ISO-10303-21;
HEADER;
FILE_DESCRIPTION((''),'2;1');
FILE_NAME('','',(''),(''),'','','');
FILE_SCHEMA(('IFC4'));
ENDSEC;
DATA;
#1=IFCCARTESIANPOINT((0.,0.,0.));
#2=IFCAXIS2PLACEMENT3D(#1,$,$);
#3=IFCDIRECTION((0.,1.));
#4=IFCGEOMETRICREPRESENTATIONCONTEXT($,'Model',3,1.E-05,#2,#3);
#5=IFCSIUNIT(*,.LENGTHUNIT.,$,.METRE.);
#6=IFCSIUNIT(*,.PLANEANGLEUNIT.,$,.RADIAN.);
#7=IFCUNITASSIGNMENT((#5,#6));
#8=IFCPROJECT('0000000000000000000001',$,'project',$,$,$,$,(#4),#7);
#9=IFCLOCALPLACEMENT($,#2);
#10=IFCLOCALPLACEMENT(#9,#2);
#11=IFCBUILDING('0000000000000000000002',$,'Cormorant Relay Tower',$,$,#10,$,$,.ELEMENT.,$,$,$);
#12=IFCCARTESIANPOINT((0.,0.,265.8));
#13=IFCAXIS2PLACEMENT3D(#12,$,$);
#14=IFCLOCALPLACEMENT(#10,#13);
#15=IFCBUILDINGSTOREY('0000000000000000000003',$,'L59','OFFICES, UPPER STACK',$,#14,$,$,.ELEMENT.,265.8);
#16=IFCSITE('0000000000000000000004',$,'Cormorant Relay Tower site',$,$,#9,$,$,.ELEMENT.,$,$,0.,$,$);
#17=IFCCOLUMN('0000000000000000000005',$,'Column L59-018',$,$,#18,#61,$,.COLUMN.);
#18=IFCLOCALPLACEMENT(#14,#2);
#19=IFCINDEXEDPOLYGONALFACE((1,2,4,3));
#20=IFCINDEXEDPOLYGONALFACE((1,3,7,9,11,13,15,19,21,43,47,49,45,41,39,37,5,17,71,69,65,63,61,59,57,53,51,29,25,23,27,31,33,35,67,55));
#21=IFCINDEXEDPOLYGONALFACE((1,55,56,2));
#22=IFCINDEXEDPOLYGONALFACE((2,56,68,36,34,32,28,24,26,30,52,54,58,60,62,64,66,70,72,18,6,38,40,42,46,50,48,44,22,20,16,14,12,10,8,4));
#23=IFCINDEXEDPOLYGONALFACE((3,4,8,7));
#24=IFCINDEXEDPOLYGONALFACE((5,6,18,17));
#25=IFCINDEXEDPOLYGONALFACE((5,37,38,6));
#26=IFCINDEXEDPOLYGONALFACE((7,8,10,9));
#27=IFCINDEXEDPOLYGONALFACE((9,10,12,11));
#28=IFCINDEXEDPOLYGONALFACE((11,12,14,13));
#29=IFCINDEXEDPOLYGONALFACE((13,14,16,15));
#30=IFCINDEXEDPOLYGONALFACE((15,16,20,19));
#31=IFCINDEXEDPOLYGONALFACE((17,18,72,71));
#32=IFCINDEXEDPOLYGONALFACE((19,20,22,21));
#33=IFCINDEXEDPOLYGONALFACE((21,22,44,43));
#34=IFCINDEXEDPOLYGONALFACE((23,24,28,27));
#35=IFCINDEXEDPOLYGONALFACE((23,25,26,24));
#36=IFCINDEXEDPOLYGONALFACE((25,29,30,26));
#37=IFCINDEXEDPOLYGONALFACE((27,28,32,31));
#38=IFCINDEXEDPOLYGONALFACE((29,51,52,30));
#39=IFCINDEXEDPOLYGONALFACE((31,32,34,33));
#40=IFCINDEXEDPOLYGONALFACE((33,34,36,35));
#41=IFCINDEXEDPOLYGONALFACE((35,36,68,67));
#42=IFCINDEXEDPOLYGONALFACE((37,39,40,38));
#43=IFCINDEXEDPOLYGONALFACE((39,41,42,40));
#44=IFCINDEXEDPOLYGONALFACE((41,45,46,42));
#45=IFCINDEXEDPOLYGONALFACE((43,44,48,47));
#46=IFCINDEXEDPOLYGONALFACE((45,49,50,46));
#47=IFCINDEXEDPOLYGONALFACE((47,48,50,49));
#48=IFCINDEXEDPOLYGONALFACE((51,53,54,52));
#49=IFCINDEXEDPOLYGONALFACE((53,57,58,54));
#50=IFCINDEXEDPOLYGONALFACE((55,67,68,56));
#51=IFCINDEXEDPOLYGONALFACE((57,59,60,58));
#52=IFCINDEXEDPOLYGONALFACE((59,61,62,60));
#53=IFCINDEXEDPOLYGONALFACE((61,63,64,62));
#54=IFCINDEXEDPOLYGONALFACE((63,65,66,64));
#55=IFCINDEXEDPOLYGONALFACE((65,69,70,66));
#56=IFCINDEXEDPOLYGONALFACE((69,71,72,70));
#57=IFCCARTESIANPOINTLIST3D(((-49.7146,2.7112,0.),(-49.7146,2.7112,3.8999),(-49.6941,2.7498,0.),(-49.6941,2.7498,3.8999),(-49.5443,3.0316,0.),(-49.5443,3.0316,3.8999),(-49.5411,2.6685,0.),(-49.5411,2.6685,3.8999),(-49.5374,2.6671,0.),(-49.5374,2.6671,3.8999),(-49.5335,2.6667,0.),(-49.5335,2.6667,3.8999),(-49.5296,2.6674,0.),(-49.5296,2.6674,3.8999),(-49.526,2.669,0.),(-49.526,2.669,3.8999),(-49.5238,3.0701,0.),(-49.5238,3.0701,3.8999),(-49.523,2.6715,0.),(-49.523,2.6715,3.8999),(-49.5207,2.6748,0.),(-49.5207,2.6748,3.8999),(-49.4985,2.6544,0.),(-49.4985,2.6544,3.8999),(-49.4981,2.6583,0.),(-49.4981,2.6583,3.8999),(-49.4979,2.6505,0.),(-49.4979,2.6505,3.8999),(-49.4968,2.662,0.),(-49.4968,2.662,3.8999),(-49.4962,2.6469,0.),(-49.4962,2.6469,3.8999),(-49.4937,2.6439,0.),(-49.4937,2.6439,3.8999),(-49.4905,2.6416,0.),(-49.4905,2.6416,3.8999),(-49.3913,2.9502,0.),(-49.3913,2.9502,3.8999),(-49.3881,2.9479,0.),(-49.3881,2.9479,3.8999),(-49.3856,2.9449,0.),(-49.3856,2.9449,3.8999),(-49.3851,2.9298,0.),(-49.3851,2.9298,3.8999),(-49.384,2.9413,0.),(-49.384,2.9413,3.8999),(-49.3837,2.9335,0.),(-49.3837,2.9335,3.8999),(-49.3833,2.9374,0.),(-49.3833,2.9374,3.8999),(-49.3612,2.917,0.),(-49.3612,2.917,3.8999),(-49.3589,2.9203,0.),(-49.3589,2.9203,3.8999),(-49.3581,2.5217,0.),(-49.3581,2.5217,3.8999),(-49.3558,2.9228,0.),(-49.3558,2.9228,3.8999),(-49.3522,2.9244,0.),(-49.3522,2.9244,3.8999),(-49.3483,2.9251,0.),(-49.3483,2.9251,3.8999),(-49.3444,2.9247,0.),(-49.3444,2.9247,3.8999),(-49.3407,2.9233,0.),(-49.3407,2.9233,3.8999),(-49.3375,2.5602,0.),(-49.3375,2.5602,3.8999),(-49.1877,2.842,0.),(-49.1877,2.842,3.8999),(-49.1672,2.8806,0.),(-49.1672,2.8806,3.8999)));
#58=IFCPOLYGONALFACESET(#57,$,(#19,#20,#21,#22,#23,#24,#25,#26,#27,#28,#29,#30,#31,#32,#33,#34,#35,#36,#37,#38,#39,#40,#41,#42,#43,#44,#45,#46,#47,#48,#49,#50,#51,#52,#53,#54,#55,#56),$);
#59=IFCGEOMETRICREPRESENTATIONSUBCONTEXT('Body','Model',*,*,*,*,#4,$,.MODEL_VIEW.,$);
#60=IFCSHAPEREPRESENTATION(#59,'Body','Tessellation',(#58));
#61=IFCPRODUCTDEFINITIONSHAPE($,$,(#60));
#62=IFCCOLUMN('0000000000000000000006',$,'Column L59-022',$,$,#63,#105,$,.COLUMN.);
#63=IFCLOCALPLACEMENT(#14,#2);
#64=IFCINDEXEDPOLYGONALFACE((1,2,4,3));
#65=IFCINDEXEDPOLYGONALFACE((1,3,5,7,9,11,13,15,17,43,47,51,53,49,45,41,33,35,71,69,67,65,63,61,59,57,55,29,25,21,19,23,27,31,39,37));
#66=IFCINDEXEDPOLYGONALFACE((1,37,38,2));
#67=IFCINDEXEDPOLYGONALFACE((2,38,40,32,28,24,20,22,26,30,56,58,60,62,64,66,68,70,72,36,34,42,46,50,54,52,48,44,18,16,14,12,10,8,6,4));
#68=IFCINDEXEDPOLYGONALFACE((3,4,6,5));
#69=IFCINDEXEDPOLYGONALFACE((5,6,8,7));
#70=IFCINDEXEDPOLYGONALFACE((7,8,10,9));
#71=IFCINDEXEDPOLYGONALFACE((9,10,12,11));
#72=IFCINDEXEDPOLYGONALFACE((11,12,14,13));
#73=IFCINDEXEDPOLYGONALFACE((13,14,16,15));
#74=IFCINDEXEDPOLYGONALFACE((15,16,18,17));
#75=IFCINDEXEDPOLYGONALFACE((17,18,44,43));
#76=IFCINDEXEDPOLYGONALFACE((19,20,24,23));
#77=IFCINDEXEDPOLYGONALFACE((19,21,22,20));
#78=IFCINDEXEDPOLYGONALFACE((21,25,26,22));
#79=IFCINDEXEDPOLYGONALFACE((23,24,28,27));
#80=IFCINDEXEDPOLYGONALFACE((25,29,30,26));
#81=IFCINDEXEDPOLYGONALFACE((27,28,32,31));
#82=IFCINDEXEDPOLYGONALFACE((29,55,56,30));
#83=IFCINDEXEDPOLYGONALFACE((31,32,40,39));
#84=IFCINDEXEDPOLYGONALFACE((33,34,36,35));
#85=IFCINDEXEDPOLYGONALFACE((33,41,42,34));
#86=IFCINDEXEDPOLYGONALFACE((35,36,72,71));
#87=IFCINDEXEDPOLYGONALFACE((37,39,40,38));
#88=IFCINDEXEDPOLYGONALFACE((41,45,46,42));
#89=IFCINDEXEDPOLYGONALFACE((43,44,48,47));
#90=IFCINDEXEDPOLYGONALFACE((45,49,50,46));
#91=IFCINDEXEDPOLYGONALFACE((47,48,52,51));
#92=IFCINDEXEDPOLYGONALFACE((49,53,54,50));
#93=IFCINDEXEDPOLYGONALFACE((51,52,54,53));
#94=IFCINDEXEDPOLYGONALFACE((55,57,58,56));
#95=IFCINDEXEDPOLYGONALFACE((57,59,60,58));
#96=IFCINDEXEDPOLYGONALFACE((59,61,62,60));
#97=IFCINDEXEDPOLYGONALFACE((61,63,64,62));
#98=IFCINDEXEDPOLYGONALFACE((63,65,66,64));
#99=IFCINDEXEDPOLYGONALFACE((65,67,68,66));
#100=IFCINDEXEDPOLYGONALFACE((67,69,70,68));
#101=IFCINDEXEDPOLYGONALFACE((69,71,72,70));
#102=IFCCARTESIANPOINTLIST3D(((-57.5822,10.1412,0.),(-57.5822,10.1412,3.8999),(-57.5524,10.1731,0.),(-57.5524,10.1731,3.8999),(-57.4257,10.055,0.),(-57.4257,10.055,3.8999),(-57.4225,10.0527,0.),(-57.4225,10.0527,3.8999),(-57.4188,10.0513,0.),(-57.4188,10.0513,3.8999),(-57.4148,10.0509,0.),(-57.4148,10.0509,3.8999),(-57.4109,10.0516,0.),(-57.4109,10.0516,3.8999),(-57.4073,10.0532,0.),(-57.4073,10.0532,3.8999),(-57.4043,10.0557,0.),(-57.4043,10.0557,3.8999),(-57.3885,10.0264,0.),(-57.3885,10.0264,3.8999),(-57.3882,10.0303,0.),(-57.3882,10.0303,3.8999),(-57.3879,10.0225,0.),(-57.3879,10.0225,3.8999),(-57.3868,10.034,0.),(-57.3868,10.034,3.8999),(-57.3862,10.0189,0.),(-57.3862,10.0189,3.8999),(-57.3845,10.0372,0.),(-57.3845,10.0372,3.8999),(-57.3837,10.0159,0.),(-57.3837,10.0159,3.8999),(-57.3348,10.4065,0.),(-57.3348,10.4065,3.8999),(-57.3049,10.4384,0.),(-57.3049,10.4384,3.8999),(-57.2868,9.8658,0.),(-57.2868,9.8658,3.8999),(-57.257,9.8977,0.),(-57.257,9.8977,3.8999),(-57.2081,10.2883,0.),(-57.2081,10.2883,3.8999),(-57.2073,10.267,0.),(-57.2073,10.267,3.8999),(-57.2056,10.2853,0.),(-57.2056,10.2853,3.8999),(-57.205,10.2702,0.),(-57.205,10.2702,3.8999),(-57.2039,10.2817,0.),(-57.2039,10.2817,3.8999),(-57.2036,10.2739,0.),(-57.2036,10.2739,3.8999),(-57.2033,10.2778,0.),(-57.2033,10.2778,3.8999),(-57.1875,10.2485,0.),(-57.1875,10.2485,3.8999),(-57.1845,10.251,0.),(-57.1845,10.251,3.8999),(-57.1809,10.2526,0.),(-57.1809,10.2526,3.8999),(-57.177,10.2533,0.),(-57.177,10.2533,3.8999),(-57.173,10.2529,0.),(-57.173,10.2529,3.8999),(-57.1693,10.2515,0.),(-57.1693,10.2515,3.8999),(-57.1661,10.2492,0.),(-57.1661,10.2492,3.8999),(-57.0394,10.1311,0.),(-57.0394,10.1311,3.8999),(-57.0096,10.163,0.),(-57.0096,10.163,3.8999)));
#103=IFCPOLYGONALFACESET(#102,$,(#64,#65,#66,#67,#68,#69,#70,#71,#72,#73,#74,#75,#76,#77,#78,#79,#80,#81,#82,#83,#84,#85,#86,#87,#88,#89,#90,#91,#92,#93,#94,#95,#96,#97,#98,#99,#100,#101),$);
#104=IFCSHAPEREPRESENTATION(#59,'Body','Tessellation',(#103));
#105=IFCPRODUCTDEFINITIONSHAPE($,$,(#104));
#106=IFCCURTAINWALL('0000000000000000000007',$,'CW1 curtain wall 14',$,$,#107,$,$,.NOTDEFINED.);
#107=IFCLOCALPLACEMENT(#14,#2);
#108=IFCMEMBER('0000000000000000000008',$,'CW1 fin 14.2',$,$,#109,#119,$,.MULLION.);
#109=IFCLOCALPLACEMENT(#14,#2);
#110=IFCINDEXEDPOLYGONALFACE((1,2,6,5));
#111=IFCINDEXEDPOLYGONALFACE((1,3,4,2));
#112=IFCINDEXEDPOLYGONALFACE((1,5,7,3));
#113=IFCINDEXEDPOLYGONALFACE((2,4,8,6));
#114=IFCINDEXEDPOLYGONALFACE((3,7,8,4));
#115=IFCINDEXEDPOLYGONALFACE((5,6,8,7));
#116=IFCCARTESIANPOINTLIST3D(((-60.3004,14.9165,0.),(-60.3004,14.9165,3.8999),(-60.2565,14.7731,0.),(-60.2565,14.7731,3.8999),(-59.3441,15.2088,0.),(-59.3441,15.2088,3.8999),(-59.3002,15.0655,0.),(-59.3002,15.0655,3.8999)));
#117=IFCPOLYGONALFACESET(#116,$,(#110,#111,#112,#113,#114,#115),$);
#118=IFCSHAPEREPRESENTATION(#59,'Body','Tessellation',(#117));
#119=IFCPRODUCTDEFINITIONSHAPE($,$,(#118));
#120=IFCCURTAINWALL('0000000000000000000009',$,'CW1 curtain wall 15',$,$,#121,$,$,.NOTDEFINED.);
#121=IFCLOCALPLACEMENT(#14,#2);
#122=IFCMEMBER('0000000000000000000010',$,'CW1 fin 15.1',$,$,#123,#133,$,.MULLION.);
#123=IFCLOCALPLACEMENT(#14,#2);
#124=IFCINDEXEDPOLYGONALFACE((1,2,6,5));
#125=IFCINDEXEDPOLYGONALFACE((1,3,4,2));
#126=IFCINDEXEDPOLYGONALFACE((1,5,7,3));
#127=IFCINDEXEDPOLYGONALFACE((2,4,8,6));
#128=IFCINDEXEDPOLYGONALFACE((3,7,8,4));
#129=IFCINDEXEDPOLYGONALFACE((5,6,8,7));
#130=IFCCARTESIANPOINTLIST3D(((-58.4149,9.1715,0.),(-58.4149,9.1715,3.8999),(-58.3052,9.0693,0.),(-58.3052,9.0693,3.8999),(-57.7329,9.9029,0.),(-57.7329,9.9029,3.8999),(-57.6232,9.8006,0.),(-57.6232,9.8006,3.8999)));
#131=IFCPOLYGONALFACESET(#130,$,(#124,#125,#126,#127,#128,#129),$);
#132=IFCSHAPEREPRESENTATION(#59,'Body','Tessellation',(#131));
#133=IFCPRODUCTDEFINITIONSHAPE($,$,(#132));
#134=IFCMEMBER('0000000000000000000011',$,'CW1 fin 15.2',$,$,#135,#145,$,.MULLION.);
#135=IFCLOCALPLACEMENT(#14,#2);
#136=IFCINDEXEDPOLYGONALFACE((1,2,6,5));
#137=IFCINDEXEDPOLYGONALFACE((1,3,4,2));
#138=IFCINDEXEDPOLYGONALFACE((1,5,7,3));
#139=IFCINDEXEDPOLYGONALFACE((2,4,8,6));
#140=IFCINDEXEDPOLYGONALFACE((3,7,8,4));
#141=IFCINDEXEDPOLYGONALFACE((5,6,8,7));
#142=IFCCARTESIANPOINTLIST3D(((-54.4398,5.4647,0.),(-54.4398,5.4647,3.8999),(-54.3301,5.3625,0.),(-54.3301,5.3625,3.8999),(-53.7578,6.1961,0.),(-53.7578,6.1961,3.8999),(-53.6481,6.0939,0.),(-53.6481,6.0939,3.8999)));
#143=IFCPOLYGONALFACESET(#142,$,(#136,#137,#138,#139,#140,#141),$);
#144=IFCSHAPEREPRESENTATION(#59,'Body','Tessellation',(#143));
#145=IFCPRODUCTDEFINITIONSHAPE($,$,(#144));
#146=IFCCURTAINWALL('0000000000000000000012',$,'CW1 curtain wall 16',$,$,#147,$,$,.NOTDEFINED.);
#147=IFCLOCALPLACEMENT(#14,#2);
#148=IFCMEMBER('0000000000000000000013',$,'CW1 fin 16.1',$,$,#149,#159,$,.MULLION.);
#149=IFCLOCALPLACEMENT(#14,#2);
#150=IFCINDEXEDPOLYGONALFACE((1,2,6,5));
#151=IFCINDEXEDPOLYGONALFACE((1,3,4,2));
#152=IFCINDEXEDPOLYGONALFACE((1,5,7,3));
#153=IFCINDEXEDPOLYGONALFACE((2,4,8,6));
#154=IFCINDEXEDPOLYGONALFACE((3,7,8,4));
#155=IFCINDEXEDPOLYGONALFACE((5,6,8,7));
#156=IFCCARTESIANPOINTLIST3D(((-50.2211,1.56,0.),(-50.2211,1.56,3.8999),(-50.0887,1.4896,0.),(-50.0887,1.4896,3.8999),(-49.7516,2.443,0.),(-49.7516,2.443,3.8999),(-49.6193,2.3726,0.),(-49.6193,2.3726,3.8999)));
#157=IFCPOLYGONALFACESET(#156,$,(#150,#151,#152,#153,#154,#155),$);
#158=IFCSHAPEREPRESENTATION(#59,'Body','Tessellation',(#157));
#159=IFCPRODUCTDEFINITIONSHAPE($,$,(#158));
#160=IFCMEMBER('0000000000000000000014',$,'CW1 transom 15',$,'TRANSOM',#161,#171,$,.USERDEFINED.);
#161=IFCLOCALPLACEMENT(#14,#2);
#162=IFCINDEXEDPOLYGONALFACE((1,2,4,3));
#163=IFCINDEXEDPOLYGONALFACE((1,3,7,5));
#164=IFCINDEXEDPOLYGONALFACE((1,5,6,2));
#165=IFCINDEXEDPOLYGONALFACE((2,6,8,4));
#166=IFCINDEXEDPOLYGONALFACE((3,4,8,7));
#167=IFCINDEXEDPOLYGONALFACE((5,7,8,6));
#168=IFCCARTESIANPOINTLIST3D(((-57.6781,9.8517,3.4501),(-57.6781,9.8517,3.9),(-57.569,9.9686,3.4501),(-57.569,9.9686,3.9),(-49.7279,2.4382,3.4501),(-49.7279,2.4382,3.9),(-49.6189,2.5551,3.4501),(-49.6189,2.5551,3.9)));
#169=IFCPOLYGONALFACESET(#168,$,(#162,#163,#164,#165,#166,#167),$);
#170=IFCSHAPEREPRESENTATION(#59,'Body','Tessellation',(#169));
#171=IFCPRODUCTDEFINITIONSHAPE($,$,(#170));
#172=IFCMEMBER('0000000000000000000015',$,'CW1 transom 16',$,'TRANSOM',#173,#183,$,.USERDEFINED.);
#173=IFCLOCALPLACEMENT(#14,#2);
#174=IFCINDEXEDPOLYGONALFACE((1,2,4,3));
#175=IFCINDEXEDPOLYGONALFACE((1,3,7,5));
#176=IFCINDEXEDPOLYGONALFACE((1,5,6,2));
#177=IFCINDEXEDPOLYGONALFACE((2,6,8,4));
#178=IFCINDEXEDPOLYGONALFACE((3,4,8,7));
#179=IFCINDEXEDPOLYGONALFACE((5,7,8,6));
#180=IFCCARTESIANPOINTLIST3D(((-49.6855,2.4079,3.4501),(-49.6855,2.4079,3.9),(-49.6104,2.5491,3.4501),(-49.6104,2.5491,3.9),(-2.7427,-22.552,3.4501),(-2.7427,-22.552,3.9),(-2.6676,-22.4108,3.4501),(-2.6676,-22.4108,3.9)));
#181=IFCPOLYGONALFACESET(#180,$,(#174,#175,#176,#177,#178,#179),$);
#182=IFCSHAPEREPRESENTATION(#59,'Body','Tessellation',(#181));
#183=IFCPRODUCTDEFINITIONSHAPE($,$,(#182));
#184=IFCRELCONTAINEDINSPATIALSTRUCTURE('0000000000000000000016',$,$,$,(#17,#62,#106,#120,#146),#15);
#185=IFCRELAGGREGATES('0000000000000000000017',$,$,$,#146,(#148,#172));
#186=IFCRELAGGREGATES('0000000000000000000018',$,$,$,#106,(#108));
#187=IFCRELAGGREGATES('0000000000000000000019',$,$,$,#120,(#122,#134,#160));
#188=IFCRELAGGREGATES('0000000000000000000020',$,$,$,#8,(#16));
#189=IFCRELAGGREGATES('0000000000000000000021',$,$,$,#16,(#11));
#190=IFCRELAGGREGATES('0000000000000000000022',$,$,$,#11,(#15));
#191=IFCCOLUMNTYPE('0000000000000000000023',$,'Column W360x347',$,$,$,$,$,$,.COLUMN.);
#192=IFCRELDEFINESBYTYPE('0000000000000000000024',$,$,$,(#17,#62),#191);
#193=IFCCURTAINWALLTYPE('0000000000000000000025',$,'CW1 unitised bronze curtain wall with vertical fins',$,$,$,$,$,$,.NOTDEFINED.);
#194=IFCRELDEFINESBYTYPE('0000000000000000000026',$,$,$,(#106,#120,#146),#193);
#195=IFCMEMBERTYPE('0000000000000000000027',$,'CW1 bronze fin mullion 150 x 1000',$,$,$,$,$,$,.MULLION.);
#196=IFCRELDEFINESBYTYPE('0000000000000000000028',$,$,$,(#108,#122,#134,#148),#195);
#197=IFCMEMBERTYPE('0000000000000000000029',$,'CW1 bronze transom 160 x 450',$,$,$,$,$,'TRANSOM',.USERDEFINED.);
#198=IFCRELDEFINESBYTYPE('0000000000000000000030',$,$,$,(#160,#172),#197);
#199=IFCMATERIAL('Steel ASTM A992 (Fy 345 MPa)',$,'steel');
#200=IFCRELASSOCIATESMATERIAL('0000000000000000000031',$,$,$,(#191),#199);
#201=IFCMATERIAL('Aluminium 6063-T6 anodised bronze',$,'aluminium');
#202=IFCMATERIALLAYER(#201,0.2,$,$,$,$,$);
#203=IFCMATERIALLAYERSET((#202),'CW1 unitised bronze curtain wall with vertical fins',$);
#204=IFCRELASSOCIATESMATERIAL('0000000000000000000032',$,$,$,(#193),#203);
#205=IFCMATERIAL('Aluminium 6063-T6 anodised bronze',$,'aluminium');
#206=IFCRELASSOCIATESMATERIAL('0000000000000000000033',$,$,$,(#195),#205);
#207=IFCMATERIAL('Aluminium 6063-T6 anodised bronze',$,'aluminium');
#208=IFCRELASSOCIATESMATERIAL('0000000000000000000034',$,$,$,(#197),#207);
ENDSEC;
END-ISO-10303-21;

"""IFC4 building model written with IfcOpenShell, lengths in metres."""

from ifc_helpers import new_model, si_unit, direction, frame, origin, origin_2d, place, context, subcontext, project, spatial, rectangle, i_section, extrude, material, layer, layer_set, material_profile, profile_set, type_object, element, aggregate, save


model = new_model("IFC4")

# Units and contexts
model_context = context("Model", 3, precision=1e-05, world=origin(), true_north=direction((0.0, 1.0)))
body_context = subcontext(model_context, "Body", "Model", "MODEL_VIEW")
ifc_project = project(units=[si_unit("LENGTHUNIT", "METRE"), si_unit("PLANEANGLEUNIT", "RADIAN")], contexts=[model_context])

# Site, building, storey
site_placement = place(None, origin())
site = spatial("IfcSite", under=ifc_project, at=site_placement, Name="Cormorant Relay Tower site", CompositionType="ELEMENT", RefElevation=0.0)
building_placement = place(site_placement, origin())
building = spatial("IfcBuilding", under=site, at=building_placement, Name="Cormorant Relay Tower", CompositionType="ELEMENT")
storey_placement = place(building_placement, frame((0.0, 0.0, 265.8)))
storey = spatial("IfcBuildingStorey", under=building, at=storey_placement, Name="L59", Description="OFFICES, UPPER STACK", CompositionType="ELEMENT", Elevation=265.8)

# Columns
ifc_material_1 = material(Name="Steel ASTM A992 (Fy 345 MPa)", Category="steel")
ifc_material_profile_1 = material_profile(ifc_material_1, i_section(OverallWidth=0.4038, OverallDepth=0.4065, WebThickness=0.0271, FlangeThickness=0.0437, FilletRadius=0.0151, at=origin_2d()), Name="W360x347")
ifc_profile_set_1 = profile_set([ifc_material_profile_1], Name="Steel ASTM A992 (Fy 345 MPa)")
column_type = type_object("IfcColumnType", Name="Column W360x347", PredefinedType="COLUMN", material=ifc_profile_set_1)
for number, where, z_axis, x_axis, name in (
    (1, (-49.4409, 2.7959, 0.0), (0.0, 0.0, 1.0), (0.882948, -0.469472, 0.0), "Column L59-018"),
    (2, (-57.2959, 10.1521, 0.0), (0.0, 0.0, 1.0), (0.731354, -0.681998, 0.0), "Column L59-022"),
):
    element("IfcColumn", number, at=place(storey_placement, frame(where, z_axis=z_axis, x_axis=x_axis)), inside=storey, type_object=column_type, Name=name, PredefinedType="COLUMN", context=body_context, shape_type="SweptSolid", body=[
        extrude(i_section(OverallWidth=0.4038, OverallDepth=0.4065, WebThickness=0.0271, FlangeThickness=0.0437, FilletRadius=0.0151, at=origin_2d()), origin(), (0.0, 0.0, 1.0), 3.8999),
    ])

# Curtain wall, member
ifc_material_2 = material(Name="Aluminium 6063-T6 anodised bronze", Category="aluminium")
ifc_layer_1 = layer(ifc_material_2, 0.2)
ifc_layer_set_1 = layer_set([ifc_layer_1], Name="CW1 unitised bronze curtain wall with vertical fins")
curtain_wall_type = type_object("IfcCurtainWallType", Name="CW1 unitised bronze curtain wall with vertical fins", PredefinedType="NOTDEFINED", material=ifc_layer_set_1)
curtain_wall_1_placement = place(storey_placement, origin())
curtain_wall_1 = element("IfcCurtainWall", 3, at=curtain_wall_1_placement, inside=storey, type_object=curtain_wall_type, Name="CW1 curtain wall 14", PredefinedType="NOTDEFINED")
ifc_material_3 = material(Name="Aluminium 6063-T6 anodised bronze", Category="aluminium")
ifc_material_profile_2 = material_profile(ifc_material_3, rectangle(XDim=0.1499, YDim=1.0, at=origin_2d()), Name="AL 150x1000")
ifc_profile_set_2 = profile_set([ifc_material_profile_2], Name="Aluminium 6063-T6 anodised bronze")
member_type_1 = type_object("IfcMemberType", Name="CW1 bronze fin mullion 150 x 1000", PredefinedType="MULLION", material=ifc_profile_set_2)
member_1_placement = place(storey_placement, frame((-59.8003, 14.991, 0.0), z_axis=(0.0, 0.0, 1.0), x_axis=(0.292372, -0.956305, 0.0)))
member_1 = element("IfcMember", 4, at=member_1_placement, type_object=member_type_1, Name="CW1 fin 14.2", PredefinedType="MULLION", context=body_context, shape_type="SweptSolid", body=[
    extrude(rectangle(XDim=0.1499, YDim=1.0, at=origin_2d()), origin(), (0.0, 0.0, 1.0), 3.8999),
])

# Curtain wall, members
curtain_wall_2_placement = place(storey_placement, origin())
curtain_wall_2 = element("IfcCurtainWall", 5, at=curtain_wall_2_placement, inside=storey, type_object=curtain_wall_type, Name="CW1 curtain wall 15", PredefinedType="NOTDEFINED")
member_2_placement = place(storey_placement, frame((-58.019, 9.4861, 0.0), z_axis=(0.0, 0.0, 1.0), x_axis=(0.731354, -0.681998, 0.0)))
member_2 = element("IfcMember", 6, at=member_2_placement, type_object=member_type_1, Name="CW1 fin 15.1", PredefinedType="MULLION", context=body_context, shape_type="SweptSolid", body=[
    extrude(rectangle(XDim=0.1499, YDim=1.0, at=origin_2d()), origin(), (0.0, 0.0, 1.0), 3.8999),
])
member_3_placement = place(storey_placement, frame((-54.0439, 5.7793, 0.0), z_axis=(0.0, 0.0, 1.0), x_axis=(0.731354, -0.681998, 0.0)))
member_3 = element("IfcMember", 7, at=member_3_placement, type_object=member_type_1, Name="CW1 fin 15.2", PredefinedType="MULLION", context=body_context, shape_type="SweptSolid", body=[
    extrude(rectangle(XDim=0.1499, YDim=1.0, at=origin_2d()), origin(), (0.0, 0.0, 1.0), 3.8999),
])

# Curtain wall, member
curtain_wall_3_placement = place(storey_placement, origin())
curtain_wall_3 = element("IfcCurtainWall", 8, at=curtain_wall_3_placement, inside=storey, type_object=curtain_wall_type, Name="CW1 curtain wall 16", PredefinedType="NOTDEFINED")
member_4_placement = place(storey_placement, frame((-49.9202, 1.9663, 0.0), z_axis=(0.0, 0.0, 1.0), x_axis=(0.882948, -0.469472, 0.0)))
member_4 = element("IfcMember", 9, at=member_4_placement, type_object=member_type_1, Name="CW1 fin 16.1", PredefinedType="MULLION", context=body_context, shape_type="SweptSolid", body=[
    extrude(rectangle(XDim=0.1499, YDim=1.0, at=origin_2d()), origin(), (0.0, 0.0, 1.0), 3.8999),
])

# Members
ifc_material_4 = material(Name="Aluminium 6063-T6 anodised bronze", Category="aluminium")
ifc_material_profile_3 = material_profile(ifc_material_4, rectangle(XDim=0.1599, YDim=0.45, at=origin_2d()), Name="AL 160x450")
ifc_profile_set_3 = profile_set([ifc_material_profile_3], Name="Aluminium 6063-T6 anodised bronze")
member_type_2 = type_object("IfcMemberType", Name="CW1 bronze transom 160 x 450", ElementType="TRANSOM", PredefinedType="USERDEFINED", material=ifc_profile_set_3)
member_5_placement = place(storey_placement, frame((-57.6235, 9.9102, 3.675), z_axis=(0.731358, -0.681993, 0.0), x_axis=(0.681993, 0.731358, 0.0)))
member_5 = element("IfcMember", 10, at=member_5_placement, type_object=member_type_2, Name="CW1 transom 15", ObjectType="TRANSOM", PredefinedType="USERDEFINED", context=body_context, shape_type="SweptSolid", body=[
    extrude(rectangle(XDim=0.1599, YDim=0.45, at=origin_2d()), origin(), (0.0, 0.0, 1.0), 10.8704),
])
member_6_placement = place(storey_placement, frame((-49.6479, 2.4785, 3.675), z_axis=(0.882948, -0.469471, 0.0), x_axis=(0.469471, 0.882948, 0.0)))
member_6 = element("IfcMember", 11, at=member_6_placement, type_object=member_type_2, Name="CW1 transom 16", ObjectType="TRANSOM", PredefinedType="USERDEFINED", context=body_context, shape_type="SweptSolid", body=[
    extrude(rectangle(XDim=0.1599, YDim=0.45, at=origin_2d()), origin(), (0.0, 0.0, 1.0), 53.166),
])
aggregate(curtain_wall_3, [member_4, member_6])

aggregate(curtain_wall_1, [member_1])
aggregate(curtain_wall_2, [member_2, member_3, member_5])

save(model, "model.ifc")
